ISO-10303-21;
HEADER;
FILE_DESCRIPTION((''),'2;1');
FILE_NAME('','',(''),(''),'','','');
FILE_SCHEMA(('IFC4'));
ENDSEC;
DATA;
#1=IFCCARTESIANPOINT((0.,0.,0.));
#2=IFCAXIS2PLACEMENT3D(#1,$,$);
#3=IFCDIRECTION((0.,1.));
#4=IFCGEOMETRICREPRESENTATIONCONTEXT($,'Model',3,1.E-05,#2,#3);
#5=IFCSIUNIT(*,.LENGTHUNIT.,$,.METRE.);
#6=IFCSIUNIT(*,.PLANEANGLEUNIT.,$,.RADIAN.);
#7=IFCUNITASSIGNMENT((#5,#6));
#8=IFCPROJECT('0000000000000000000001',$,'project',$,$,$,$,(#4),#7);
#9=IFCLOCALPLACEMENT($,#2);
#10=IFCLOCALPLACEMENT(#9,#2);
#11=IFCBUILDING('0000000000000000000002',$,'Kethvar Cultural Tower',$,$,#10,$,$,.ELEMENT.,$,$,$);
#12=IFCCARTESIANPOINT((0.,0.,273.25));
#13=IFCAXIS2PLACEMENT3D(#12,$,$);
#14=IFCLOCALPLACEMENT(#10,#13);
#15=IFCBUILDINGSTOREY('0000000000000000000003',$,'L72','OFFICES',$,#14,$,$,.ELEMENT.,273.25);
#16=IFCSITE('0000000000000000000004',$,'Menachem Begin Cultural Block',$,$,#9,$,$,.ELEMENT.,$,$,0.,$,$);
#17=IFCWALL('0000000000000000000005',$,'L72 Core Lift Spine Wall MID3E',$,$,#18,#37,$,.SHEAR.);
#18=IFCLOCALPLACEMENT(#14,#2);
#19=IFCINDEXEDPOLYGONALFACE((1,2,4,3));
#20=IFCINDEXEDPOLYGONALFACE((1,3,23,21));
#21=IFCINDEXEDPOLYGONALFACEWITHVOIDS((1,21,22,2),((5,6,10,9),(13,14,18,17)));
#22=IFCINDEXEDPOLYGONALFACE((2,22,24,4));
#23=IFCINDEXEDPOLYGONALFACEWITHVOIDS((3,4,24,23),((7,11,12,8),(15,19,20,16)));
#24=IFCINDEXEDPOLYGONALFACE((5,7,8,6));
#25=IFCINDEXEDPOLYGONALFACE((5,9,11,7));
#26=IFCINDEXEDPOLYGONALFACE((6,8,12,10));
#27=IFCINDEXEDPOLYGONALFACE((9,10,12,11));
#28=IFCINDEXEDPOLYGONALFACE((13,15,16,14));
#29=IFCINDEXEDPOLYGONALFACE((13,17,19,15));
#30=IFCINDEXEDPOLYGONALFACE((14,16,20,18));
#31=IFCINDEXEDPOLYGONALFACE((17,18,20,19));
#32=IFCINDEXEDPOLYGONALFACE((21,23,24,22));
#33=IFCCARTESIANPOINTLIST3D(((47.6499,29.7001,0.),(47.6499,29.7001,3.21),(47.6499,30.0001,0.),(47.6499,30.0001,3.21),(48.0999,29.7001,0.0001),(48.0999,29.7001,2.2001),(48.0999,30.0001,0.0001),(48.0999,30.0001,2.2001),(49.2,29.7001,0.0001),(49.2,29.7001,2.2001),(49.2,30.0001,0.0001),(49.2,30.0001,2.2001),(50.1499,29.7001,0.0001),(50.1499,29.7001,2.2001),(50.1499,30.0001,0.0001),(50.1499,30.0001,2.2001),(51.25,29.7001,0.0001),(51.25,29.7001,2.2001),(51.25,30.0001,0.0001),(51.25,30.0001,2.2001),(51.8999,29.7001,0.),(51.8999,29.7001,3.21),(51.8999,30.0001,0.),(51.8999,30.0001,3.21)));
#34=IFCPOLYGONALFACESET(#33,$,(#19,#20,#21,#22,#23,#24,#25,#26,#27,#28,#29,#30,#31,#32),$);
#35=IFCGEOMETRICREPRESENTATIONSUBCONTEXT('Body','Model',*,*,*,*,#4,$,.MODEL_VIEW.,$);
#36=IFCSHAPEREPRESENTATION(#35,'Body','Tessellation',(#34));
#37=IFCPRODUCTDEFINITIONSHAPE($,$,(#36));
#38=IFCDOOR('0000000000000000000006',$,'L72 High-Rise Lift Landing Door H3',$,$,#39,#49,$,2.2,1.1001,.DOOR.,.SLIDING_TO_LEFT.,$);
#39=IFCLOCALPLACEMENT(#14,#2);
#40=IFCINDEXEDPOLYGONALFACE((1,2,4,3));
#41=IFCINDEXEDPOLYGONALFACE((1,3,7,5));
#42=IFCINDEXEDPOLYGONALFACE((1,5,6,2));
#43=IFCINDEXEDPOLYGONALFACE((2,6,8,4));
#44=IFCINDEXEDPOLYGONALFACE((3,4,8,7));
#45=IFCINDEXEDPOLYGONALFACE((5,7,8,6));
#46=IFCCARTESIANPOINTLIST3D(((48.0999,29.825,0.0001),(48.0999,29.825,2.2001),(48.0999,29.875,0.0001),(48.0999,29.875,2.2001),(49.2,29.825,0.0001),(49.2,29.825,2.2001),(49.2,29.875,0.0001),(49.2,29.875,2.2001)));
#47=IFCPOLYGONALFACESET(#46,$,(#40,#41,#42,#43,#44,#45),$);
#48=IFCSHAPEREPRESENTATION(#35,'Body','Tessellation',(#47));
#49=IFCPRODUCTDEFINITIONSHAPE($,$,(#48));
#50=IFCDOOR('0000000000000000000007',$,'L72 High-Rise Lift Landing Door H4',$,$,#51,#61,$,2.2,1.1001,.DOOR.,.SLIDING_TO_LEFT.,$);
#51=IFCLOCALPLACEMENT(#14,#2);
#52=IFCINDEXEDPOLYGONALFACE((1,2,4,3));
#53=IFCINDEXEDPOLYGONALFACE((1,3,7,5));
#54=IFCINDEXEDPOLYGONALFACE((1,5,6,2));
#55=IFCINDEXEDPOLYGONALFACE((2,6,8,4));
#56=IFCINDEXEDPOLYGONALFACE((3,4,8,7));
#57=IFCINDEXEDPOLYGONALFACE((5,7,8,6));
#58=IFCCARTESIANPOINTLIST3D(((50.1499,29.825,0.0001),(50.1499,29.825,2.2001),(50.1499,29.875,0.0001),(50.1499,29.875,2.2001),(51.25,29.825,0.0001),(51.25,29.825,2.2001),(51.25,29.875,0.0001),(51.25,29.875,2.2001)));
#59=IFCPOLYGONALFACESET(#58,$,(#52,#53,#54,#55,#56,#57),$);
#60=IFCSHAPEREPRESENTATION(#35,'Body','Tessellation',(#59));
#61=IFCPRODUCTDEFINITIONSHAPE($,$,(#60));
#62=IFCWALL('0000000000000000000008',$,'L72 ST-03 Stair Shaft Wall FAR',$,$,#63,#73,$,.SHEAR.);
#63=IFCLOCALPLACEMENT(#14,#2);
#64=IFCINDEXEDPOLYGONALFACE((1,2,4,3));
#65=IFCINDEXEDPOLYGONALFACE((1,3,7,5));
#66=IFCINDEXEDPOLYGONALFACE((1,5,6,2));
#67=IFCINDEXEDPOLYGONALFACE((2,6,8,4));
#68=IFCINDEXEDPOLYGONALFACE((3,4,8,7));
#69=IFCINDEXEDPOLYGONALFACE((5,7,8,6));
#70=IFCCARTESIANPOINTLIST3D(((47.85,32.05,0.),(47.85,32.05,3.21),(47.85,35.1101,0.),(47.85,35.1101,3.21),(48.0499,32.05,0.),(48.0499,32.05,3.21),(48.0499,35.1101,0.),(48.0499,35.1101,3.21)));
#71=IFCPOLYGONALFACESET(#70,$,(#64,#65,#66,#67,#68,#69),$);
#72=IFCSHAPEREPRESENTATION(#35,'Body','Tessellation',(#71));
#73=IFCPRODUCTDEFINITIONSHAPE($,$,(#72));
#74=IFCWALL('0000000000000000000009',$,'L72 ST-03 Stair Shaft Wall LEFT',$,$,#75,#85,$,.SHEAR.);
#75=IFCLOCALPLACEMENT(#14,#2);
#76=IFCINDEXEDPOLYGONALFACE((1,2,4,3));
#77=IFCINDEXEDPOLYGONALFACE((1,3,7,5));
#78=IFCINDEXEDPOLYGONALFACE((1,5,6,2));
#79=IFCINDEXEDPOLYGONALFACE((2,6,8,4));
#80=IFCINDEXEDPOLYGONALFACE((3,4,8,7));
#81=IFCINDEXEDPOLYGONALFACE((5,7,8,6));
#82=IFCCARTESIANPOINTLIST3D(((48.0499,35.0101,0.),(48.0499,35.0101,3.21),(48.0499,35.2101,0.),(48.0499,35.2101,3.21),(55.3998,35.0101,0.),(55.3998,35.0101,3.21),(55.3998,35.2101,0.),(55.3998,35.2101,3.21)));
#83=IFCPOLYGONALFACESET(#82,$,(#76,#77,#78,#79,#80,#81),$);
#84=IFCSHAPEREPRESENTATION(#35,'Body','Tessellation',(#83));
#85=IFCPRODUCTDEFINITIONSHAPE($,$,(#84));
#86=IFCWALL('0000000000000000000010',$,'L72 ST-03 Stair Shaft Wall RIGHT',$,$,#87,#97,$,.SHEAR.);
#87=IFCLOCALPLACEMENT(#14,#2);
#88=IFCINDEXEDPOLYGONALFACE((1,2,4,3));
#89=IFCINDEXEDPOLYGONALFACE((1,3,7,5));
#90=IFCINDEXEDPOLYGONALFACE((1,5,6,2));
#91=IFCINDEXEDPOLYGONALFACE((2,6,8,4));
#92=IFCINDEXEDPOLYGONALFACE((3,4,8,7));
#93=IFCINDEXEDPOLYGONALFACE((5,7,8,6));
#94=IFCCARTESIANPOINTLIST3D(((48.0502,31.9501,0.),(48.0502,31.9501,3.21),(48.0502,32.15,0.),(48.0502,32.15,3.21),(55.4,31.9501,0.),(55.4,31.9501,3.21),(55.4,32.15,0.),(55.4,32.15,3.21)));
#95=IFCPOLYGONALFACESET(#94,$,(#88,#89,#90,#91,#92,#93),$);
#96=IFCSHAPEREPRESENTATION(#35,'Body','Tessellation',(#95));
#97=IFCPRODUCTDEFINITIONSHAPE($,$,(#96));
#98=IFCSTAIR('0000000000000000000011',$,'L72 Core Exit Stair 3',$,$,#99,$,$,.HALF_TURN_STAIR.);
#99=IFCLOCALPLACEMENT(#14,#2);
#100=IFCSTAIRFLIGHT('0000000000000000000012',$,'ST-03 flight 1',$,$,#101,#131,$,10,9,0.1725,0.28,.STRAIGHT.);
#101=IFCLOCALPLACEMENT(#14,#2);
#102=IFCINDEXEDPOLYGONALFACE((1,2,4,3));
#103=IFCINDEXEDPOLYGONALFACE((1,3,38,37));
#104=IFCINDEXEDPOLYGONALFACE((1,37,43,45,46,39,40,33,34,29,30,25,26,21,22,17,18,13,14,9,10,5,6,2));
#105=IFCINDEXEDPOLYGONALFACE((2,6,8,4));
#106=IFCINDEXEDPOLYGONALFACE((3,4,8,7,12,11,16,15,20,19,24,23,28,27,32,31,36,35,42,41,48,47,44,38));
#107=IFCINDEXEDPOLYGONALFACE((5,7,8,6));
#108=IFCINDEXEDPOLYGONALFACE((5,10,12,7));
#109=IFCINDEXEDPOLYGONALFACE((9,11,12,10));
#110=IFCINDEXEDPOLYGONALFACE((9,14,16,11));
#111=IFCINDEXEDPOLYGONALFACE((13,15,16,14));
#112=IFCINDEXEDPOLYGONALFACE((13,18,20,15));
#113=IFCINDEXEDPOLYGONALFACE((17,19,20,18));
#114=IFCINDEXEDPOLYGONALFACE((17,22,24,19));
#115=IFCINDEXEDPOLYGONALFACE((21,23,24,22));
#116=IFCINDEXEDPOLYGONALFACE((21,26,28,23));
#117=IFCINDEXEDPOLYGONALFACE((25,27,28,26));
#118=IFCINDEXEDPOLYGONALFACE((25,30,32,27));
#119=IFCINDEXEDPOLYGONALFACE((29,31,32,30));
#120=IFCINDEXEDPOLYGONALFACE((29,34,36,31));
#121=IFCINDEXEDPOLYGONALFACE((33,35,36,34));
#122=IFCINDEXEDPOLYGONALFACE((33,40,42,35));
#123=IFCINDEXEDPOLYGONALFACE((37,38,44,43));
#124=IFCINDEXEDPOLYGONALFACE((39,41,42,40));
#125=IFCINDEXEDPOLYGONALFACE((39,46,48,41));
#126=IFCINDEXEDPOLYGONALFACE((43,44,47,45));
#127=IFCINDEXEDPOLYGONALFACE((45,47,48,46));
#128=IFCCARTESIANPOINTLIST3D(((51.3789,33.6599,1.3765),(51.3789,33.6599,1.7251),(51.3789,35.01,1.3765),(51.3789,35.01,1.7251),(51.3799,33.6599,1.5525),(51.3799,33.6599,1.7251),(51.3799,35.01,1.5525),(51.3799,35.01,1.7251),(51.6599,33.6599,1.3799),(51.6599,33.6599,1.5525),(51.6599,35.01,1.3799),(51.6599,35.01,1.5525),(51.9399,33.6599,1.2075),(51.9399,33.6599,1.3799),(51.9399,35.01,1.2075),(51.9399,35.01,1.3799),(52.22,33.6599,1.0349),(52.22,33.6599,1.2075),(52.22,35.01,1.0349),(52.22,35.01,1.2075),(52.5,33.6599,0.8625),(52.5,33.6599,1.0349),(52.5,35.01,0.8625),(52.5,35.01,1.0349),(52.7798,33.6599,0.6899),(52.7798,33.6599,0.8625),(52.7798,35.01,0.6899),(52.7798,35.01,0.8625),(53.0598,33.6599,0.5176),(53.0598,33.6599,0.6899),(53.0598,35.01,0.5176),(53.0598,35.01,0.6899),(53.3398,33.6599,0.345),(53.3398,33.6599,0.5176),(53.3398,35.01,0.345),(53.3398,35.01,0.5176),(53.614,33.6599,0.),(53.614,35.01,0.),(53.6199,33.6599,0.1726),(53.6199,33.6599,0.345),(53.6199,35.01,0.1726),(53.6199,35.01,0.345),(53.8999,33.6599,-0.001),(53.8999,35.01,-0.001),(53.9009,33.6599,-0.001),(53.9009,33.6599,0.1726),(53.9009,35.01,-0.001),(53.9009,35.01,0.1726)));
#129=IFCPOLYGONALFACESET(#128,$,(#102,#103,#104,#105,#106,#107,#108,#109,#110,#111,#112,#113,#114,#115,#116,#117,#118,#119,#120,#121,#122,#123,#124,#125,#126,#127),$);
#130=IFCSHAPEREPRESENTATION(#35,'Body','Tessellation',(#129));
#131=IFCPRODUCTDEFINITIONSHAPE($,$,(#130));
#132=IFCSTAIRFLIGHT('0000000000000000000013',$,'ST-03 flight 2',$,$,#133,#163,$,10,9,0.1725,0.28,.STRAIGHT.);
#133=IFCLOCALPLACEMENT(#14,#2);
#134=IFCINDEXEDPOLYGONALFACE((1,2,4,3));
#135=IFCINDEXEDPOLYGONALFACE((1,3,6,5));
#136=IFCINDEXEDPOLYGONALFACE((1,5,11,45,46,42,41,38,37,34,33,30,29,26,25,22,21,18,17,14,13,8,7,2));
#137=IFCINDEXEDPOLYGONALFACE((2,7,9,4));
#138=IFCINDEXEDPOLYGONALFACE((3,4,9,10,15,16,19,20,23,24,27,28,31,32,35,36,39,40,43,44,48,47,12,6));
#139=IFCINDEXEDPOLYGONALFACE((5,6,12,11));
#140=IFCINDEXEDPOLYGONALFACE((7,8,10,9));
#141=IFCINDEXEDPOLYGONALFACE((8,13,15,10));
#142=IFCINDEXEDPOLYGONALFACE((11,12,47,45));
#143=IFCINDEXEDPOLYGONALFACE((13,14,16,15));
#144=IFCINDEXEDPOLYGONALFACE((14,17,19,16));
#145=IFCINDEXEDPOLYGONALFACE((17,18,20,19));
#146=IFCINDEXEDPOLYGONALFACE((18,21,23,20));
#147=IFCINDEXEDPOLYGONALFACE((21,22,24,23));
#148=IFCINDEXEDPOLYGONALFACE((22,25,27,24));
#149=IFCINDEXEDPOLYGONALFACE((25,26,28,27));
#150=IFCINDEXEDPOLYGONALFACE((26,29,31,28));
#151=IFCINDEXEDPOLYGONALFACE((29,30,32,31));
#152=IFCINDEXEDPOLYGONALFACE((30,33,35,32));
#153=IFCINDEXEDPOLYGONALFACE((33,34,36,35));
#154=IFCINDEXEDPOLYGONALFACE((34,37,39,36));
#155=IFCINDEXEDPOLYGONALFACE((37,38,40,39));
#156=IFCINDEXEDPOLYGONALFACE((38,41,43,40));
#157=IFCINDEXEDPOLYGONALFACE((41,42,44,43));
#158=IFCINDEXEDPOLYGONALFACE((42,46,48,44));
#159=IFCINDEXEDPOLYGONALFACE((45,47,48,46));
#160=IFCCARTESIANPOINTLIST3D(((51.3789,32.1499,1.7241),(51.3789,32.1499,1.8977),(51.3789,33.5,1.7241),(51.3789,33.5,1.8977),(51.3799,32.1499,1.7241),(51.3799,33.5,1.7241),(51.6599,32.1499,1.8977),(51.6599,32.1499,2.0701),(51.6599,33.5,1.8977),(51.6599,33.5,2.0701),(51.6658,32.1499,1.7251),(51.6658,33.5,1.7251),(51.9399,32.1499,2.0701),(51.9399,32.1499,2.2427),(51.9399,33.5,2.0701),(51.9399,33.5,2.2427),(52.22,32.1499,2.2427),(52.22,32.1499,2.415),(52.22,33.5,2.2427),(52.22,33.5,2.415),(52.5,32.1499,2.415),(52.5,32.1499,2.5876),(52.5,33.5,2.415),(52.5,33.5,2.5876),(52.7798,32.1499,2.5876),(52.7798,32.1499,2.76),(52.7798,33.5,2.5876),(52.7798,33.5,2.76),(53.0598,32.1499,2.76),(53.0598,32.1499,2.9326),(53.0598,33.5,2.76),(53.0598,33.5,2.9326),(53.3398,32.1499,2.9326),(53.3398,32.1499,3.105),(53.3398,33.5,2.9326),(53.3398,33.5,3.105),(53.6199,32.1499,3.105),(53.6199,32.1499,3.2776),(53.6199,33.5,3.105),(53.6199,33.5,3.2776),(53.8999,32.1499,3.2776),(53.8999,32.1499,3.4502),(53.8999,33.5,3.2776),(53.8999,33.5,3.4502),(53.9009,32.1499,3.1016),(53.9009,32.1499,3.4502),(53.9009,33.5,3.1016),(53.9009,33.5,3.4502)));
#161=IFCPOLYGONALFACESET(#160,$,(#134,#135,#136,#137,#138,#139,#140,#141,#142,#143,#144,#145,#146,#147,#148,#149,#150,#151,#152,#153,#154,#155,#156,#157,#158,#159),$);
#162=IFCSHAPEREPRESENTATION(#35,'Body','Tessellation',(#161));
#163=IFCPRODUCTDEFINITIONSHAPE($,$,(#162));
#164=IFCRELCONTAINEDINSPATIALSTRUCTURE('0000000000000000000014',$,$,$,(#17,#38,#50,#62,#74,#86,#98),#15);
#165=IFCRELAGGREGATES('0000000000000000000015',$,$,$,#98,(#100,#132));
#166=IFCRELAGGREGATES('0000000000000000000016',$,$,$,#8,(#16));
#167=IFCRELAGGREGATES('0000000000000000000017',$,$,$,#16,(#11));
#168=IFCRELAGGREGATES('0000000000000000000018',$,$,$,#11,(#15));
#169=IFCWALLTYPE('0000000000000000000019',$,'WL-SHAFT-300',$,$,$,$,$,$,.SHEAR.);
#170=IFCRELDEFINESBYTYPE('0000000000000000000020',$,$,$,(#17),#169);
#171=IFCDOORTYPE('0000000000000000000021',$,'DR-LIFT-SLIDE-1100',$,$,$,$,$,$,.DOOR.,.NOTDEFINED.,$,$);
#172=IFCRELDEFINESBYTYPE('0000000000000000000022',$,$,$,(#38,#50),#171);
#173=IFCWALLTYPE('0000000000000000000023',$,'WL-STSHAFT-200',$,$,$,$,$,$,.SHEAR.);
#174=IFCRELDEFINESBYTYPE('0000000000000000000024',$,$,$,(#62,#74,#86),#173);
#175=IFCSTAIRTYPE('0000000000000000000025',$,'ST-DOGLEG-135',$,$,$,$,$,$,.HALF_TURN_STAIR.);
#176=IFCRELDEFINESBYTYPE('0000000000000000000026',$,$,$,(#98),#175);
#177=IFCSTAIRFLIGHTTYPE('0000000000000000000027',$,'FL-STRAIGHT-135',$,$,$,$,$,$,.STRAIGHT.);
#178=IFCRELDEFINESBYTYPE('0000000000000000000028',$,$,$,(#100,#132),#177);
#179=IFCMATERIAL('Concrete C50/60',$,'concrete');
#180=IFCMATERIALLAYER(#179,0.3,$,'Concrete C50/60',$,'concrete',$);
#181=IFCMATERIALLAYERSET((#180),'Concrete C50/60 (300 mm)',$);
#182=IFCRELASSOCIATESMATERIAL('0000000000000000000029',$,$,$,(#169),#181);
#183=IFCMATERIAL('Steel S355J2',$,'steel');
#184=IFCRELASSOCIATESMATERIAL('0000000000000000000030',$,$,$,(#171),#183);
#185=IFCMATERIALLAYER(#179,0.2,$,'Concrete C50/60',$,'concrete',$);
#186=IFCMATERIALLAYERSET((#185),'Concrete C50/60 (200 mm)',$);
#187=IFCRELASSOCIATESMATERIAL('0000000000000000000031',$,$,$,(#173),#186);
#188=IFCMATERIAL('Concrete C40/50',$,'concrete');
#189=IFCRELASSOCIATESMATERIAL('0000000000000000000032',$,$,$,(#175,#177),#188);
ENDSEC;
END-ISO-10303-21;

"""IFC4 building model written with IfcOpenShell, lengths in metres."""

from ifc_helpers import new_model, si_unit, direction, frame, frame_2d, origin, place, context, subcontext, project, spatial, polyline, rectangle, outline, extrude, source, transform, mapped, material, layer, layer_set, type_object, element, fill, aggregate, save


model = new_model("IFC4")

# Units and contexts
model_context = context("Model", 3, precision=1e-05, world=origin(), true_north=direction((0.0, 1.0)))
body_context = subcontext(model_context, "Body", "Model", "MODEL_VIEW")
ifc_project = project(units=[si_unit("LENGTHUNIT", "METRE"), si_unit("PLANEANGLEUNIT", "RADIAN")], contexts=[model_context])

# Site, building, storey
site_placement = place(None, origin())
site = spatial("IfcSite", under=ifc_project, at=site_placement, Name="Menachem Begin Cultural Block", CompositionType="ELEMENT", RefElevation=0.0)
building_placement = place(site_placement, origin())
building = spatial("IfcBuilding", under=site, at=building_placement, Name="Kethvar Cultural Tower", CompositionType="ELEMENT")
storey_placement = place(building_placement, frame((0.0, 0.0, 273.25)))
storey = spatial("IfcBuildingStorey", under=building, at=storey_placement, Name="L72", Description="OFFICES", CompositionType="ELEMENT", Elevation=273.25)

# Shared definitions
ifc_material_1 = material(Name="Steel S355J2", Category="steel")

# Shared definitions
ifc_material_2 = material(Name="Concrete C40/50", Category="concrete")

# Wall, openings, doors
ifc_material_3 = material(Name="Concrete C50/60", Category="concrete")
ifc_layer_1 = layer(ifc_material_3, 0.3, Name="Concrete C50/60", Category="concrete")
ifc_layer_set_1 = layer_set([ifc_layer_1], Name="Concrete C50/60 (300 mm)")
wall_type_1 = type_object("IfcWallType", Name="WL-SHAFT-300", PredefinedType="SHEAR", material=ifc_layer_set_1)
wall_1_placement = place(storey_placement, frame((47.6499, 29.8501, 0.0), z_axis=(0.0, 0.0, 1.0), x_axis=(1.0, 0.0, 0.0)))
wall_1 = element("IfcWall", 1, at=wall_1_placement, inside=storey, type_object=wall_type_1, Name="L72 Core Lift Spine Wall MID3E", PredefinedType="SHEAR", context=body_context, shape_type="SweptSolid", body=[
    extrude(rectangle(XDim=4.25, YDim=0.3, at=frame_2d((2.125, 0.0))), origin(), (0.0, 0.0, 1.0), 3.21),
])
opening_1_placement = place(wall_1_placement, frame((0.45, 0.0, 0.0)))
opening_1 = element("IfcOpeningElement", 2, at=opening_1_placement, cuts=wall_1, PredefinedType="OPENING", context=body_context, shape_type="SweptSolid", body=[
    extrude(rectangle(XDim=1.1001, YDim=2.2, at=frame_2d((0.55, 1.1001))), frame((0.0, 0.1599, 0.0), z_axis=(0.0, -1.0, 0.0), x_axis=(1.0, 0.0, 0.0)), (0.0, 0.0, 1.0), 0.3201),
])
opening_2_placement = place(wall_1_placement, frame((2.5, 0.0, 0.0)))
opening_2 = element("IfcOpeningElement", 3, at=opening_2_placement, cuts=wall_1, PredefinedType="OPENING", context=body_context, shape_type="SweptSolid", body=[
    extrude(rectangle(XDim=1.1001, YDim=2.2, at=frame_2d((0.55, 1.1001))), frame((0.0, 0.1599, 0.0), z_axis=(0.0, -1.0, 0.0), x_axis=(1.0, 0.0, 0.0)), (0.0, 0.0, 1.0), 0.3201),
])
door_type = type_object("IfcDoorType", Name="DR-LIFT-SLIDE-1100", OperationType="NOTDEFINED", PredefinedType="DOOR", material=ifc_material_1)
shared_shape_1 = source(origin(), body_context, "Body", "SweptSolid", [
    extrude(rectangle(XDim=1.1001, YDim=2.2, at=frame_2d((0.55, 1.1001))), frame((0.0, 0.0249, 0.0), z_axis=(0.0, -1.0, 0.0), x_axis=(1.0, 0.0, 0.0)), (0.0, 0.0, 1.0), 0.05),
])
door_1_placement = place(opening_1_placement, origin())
door_1 = element("IfcDoor", 4, at=door_1_placement, inside=storey, type_object=door_type, Name="L72 High-Rise Lift Landing Door H3", OperationType="SLIDING_TO_LEFT", OverallHeight=2.2, OverallWidth=1.1001, PredefinedType="DOOR", context=body_context, shape_type="MappedRepresentation", body=[
    mapped(shared_shape_1, transform((0.0, 0.0, 0.0), scale=1.0)),
])
fill(opening_1, door_1)
door_2_placement = place(opening_2_placement, origin())
door_2 = element("IfcDoor", 5, at=door_2_placement, inside=storey, type_object=door_type, Name="L72 High-Rise Lift Landing Door H4", OperationType="SLIDING_TO_LEFT", OverallHeight=2.2, OverallWidth=1.1001, PredefinedType="DOOR", context=body_context, shape_type="MappedRepresentation", body=[
    mapped(shared_shape_1, transform((0.0, 0.0, 0.0), scale=1.0)),
])
fill(opening_2, door_2)

# Walls
ifc_layer_2 = layer(ifc_material_3, 0.2, Name="Concrete C50/60", Category="concrete")
ifc_layer_set_2 = layer_set([ifc_layer_2], Name="Concrete C50/60 (200 mm)")
wall_type_2 = type_object("IfcWallType", Name="WL-STSHAFT-200", PredefinedType="SHEAR", material=ifc_layer_set_2)
wall_2_placement = place(storey_placement, frame((47.95, 32.05, 0.0), z_axis=(0.0, 0.0, 1.0), x_axis=(0.0, 1.0, 0.0)))
element("IfcWall", 6, at=wall_2_placement, inside=storey, type_object=wall_type_2, Name="L72 ST-03 Stair Shaft Wall FAR", PredefinedType="SHEAR", context=body_context, shape_type="SweptSolid", body=[
    extrude(rectangle(XDim=3.0601, YDim=0.2, at=frame_2d((1.53, 0.0))), origin(), (0.0, 0.0, 1.0), 3.21),
])
for number, where, z_axis, x_axis, name in (
    (7, (48.05, 35.1101, 0.0), (0.0, 0.0, 1.0), (1.0, 0.0, 0.0), "L72 ST-03 Stair Shaft Wall LEFT"),
    (8, (55.3999, 32.05, 0.0), (0.0, 0.0, 1.0), (-1.0, 0.0, 0.0), "L72 ST-03 Stair Shaft Wall RIGHT"),
):
    element("IfcWall", number, at=place(storey_placement, frame(where, z_axis=z_axis, x_axis=x_axis)), inside=storey, type_object=wall_type_2, Name=name, PredefinedType="SHEAR", context=body_context, shape_type="SweptSolid", body=[
        extrude(rectangle(XDim=7.3499, YDim=0.2, at=frame_2d((3.6748, 0.0))), origin(), (0.0, 0.0, 1.0), 3.21),
    ])

# Stair, stair flights
stair_type = type_object("IfcStairType", Name="ST-DOGLEG-135", PredefinedType="HALF_TURN_STAIR", material=ifc_material_2)
stair_placement = place(storey_placement, origin())
stair = element("IfcStair", 9, at=stair_placement, inside=storey, type_object=stair_type, Name="L72 Core Exit Stair 3", PredefinedType="HALF_TURN_STAIR")
stair_flight_type = type_object("IfcStairFlightType", Name="FL-STRAIGHT-135", PredefinedType="STRAIGHT", material=ifc_material_2)
stair_flight_1_placement = place(storey_placement, frame((53.8999, 34.335, 0.0), z_axis=(0.0, 0.0, 1.0), x_axis=(-1.0, 0.0, 0.0)))
stair_flight_1 = element("IfcStairFlight", 10, at=stair_flight_1_placement, type_object=stair_flight_type, Name="ST-03 flight 1", NumberOfRisers=10, NumberOfTreads=9, PredefinedType="STRAIGHT", RiserHeight=0.1725, TreadLength=0.28, context=body_context, shape_type="SweptSolid", body=[
    extrude(outline(polyline([(-0.001, -0.001), (-0.001, 0.1726), (0.28, 0.1726), (0.28, 0.345), (0.5601, 0.345), (0.5601, 0.5176), (0.8401, 0.5176), (0.8401, 0.6899), (1.1201, 0.6899), (1.1201, 0.8625), (1.3999, 0.8625), (1.3999, 1.0349), (1.6799, 1.0349), (1.6799, 1.2075), (1.96, 1.2075), (1.96, 1.3799), (2.24, 1.3799), (2.24, 1.5525), (2.52, 1.5525), (2.52, 1.7251), (2.521, 1.7251), (2.521, 1.3765), (0.2859, 0.0), (0.0, -0.001), (-0.001, -0.001)])), frame((0.0, 0.675, 0.0), z_axis=(0.0, -1.0, 0.0), x_axis=(1.0, 0.0, 0.0)), (0.0, 0.0, 1.0), 1.3501),
])
stair_flight_2_placement = place(storey_placement, frame((51.3799, 32.825, 1.7251), z_axis=(0.0, 0.0, 1.0), x_axis=(1.0, 0.0, 0.0)))
stair_flight_2 = element("IfcStairFlight", 11, at=stair_flight_2_placement, type_object=stair_flight_type, Name="ST-03 flight 2", NumberOfRisers=10, NumberOfTreads=9, PredefinedType="STRAIGHT", RiserHeight=0.1725, TreadLength=0.28, context=body_context, shape_type="SweptSolid", body=[
    extrude(outline(polyline([(-0.001, -0.001), (-0.001, 0.1726), (0.28, 0.1726), (0.28, 0.345), (0.5601, 0.345), (0.5601, 0.5176), (0.8401, 0.5176), (0.8401, 0.6899), (1.1201, 0.6899), (1.1201, 0.8625), (1.3999, 0.8625), (1.3999, 1.0349), (1.6799, 1.0349), (1.6799, 1.2075), (1.96, 1.2075), (1.96, 1.3799), (2.24, 1.3799), (2.24, 1.5525), (2.52, 1.5525), (2.52, 1.7251), (2.521, 1.7251), (2.521, 1.3765), (0.2859, 0.0), (0.0, -0.001), (-0.001, -0.001)])), frame((0.0, 0.675, 0.0), z_axis=(0.0, -1.0, 0.0), x_axis=(1.0, 0.0, 0.0)), (0.0, 0.0, 1.0), 1.3501),
])
aggregate(stair, [stair_flight_1, stair_flight_2])

save(model, "model.ifc")
